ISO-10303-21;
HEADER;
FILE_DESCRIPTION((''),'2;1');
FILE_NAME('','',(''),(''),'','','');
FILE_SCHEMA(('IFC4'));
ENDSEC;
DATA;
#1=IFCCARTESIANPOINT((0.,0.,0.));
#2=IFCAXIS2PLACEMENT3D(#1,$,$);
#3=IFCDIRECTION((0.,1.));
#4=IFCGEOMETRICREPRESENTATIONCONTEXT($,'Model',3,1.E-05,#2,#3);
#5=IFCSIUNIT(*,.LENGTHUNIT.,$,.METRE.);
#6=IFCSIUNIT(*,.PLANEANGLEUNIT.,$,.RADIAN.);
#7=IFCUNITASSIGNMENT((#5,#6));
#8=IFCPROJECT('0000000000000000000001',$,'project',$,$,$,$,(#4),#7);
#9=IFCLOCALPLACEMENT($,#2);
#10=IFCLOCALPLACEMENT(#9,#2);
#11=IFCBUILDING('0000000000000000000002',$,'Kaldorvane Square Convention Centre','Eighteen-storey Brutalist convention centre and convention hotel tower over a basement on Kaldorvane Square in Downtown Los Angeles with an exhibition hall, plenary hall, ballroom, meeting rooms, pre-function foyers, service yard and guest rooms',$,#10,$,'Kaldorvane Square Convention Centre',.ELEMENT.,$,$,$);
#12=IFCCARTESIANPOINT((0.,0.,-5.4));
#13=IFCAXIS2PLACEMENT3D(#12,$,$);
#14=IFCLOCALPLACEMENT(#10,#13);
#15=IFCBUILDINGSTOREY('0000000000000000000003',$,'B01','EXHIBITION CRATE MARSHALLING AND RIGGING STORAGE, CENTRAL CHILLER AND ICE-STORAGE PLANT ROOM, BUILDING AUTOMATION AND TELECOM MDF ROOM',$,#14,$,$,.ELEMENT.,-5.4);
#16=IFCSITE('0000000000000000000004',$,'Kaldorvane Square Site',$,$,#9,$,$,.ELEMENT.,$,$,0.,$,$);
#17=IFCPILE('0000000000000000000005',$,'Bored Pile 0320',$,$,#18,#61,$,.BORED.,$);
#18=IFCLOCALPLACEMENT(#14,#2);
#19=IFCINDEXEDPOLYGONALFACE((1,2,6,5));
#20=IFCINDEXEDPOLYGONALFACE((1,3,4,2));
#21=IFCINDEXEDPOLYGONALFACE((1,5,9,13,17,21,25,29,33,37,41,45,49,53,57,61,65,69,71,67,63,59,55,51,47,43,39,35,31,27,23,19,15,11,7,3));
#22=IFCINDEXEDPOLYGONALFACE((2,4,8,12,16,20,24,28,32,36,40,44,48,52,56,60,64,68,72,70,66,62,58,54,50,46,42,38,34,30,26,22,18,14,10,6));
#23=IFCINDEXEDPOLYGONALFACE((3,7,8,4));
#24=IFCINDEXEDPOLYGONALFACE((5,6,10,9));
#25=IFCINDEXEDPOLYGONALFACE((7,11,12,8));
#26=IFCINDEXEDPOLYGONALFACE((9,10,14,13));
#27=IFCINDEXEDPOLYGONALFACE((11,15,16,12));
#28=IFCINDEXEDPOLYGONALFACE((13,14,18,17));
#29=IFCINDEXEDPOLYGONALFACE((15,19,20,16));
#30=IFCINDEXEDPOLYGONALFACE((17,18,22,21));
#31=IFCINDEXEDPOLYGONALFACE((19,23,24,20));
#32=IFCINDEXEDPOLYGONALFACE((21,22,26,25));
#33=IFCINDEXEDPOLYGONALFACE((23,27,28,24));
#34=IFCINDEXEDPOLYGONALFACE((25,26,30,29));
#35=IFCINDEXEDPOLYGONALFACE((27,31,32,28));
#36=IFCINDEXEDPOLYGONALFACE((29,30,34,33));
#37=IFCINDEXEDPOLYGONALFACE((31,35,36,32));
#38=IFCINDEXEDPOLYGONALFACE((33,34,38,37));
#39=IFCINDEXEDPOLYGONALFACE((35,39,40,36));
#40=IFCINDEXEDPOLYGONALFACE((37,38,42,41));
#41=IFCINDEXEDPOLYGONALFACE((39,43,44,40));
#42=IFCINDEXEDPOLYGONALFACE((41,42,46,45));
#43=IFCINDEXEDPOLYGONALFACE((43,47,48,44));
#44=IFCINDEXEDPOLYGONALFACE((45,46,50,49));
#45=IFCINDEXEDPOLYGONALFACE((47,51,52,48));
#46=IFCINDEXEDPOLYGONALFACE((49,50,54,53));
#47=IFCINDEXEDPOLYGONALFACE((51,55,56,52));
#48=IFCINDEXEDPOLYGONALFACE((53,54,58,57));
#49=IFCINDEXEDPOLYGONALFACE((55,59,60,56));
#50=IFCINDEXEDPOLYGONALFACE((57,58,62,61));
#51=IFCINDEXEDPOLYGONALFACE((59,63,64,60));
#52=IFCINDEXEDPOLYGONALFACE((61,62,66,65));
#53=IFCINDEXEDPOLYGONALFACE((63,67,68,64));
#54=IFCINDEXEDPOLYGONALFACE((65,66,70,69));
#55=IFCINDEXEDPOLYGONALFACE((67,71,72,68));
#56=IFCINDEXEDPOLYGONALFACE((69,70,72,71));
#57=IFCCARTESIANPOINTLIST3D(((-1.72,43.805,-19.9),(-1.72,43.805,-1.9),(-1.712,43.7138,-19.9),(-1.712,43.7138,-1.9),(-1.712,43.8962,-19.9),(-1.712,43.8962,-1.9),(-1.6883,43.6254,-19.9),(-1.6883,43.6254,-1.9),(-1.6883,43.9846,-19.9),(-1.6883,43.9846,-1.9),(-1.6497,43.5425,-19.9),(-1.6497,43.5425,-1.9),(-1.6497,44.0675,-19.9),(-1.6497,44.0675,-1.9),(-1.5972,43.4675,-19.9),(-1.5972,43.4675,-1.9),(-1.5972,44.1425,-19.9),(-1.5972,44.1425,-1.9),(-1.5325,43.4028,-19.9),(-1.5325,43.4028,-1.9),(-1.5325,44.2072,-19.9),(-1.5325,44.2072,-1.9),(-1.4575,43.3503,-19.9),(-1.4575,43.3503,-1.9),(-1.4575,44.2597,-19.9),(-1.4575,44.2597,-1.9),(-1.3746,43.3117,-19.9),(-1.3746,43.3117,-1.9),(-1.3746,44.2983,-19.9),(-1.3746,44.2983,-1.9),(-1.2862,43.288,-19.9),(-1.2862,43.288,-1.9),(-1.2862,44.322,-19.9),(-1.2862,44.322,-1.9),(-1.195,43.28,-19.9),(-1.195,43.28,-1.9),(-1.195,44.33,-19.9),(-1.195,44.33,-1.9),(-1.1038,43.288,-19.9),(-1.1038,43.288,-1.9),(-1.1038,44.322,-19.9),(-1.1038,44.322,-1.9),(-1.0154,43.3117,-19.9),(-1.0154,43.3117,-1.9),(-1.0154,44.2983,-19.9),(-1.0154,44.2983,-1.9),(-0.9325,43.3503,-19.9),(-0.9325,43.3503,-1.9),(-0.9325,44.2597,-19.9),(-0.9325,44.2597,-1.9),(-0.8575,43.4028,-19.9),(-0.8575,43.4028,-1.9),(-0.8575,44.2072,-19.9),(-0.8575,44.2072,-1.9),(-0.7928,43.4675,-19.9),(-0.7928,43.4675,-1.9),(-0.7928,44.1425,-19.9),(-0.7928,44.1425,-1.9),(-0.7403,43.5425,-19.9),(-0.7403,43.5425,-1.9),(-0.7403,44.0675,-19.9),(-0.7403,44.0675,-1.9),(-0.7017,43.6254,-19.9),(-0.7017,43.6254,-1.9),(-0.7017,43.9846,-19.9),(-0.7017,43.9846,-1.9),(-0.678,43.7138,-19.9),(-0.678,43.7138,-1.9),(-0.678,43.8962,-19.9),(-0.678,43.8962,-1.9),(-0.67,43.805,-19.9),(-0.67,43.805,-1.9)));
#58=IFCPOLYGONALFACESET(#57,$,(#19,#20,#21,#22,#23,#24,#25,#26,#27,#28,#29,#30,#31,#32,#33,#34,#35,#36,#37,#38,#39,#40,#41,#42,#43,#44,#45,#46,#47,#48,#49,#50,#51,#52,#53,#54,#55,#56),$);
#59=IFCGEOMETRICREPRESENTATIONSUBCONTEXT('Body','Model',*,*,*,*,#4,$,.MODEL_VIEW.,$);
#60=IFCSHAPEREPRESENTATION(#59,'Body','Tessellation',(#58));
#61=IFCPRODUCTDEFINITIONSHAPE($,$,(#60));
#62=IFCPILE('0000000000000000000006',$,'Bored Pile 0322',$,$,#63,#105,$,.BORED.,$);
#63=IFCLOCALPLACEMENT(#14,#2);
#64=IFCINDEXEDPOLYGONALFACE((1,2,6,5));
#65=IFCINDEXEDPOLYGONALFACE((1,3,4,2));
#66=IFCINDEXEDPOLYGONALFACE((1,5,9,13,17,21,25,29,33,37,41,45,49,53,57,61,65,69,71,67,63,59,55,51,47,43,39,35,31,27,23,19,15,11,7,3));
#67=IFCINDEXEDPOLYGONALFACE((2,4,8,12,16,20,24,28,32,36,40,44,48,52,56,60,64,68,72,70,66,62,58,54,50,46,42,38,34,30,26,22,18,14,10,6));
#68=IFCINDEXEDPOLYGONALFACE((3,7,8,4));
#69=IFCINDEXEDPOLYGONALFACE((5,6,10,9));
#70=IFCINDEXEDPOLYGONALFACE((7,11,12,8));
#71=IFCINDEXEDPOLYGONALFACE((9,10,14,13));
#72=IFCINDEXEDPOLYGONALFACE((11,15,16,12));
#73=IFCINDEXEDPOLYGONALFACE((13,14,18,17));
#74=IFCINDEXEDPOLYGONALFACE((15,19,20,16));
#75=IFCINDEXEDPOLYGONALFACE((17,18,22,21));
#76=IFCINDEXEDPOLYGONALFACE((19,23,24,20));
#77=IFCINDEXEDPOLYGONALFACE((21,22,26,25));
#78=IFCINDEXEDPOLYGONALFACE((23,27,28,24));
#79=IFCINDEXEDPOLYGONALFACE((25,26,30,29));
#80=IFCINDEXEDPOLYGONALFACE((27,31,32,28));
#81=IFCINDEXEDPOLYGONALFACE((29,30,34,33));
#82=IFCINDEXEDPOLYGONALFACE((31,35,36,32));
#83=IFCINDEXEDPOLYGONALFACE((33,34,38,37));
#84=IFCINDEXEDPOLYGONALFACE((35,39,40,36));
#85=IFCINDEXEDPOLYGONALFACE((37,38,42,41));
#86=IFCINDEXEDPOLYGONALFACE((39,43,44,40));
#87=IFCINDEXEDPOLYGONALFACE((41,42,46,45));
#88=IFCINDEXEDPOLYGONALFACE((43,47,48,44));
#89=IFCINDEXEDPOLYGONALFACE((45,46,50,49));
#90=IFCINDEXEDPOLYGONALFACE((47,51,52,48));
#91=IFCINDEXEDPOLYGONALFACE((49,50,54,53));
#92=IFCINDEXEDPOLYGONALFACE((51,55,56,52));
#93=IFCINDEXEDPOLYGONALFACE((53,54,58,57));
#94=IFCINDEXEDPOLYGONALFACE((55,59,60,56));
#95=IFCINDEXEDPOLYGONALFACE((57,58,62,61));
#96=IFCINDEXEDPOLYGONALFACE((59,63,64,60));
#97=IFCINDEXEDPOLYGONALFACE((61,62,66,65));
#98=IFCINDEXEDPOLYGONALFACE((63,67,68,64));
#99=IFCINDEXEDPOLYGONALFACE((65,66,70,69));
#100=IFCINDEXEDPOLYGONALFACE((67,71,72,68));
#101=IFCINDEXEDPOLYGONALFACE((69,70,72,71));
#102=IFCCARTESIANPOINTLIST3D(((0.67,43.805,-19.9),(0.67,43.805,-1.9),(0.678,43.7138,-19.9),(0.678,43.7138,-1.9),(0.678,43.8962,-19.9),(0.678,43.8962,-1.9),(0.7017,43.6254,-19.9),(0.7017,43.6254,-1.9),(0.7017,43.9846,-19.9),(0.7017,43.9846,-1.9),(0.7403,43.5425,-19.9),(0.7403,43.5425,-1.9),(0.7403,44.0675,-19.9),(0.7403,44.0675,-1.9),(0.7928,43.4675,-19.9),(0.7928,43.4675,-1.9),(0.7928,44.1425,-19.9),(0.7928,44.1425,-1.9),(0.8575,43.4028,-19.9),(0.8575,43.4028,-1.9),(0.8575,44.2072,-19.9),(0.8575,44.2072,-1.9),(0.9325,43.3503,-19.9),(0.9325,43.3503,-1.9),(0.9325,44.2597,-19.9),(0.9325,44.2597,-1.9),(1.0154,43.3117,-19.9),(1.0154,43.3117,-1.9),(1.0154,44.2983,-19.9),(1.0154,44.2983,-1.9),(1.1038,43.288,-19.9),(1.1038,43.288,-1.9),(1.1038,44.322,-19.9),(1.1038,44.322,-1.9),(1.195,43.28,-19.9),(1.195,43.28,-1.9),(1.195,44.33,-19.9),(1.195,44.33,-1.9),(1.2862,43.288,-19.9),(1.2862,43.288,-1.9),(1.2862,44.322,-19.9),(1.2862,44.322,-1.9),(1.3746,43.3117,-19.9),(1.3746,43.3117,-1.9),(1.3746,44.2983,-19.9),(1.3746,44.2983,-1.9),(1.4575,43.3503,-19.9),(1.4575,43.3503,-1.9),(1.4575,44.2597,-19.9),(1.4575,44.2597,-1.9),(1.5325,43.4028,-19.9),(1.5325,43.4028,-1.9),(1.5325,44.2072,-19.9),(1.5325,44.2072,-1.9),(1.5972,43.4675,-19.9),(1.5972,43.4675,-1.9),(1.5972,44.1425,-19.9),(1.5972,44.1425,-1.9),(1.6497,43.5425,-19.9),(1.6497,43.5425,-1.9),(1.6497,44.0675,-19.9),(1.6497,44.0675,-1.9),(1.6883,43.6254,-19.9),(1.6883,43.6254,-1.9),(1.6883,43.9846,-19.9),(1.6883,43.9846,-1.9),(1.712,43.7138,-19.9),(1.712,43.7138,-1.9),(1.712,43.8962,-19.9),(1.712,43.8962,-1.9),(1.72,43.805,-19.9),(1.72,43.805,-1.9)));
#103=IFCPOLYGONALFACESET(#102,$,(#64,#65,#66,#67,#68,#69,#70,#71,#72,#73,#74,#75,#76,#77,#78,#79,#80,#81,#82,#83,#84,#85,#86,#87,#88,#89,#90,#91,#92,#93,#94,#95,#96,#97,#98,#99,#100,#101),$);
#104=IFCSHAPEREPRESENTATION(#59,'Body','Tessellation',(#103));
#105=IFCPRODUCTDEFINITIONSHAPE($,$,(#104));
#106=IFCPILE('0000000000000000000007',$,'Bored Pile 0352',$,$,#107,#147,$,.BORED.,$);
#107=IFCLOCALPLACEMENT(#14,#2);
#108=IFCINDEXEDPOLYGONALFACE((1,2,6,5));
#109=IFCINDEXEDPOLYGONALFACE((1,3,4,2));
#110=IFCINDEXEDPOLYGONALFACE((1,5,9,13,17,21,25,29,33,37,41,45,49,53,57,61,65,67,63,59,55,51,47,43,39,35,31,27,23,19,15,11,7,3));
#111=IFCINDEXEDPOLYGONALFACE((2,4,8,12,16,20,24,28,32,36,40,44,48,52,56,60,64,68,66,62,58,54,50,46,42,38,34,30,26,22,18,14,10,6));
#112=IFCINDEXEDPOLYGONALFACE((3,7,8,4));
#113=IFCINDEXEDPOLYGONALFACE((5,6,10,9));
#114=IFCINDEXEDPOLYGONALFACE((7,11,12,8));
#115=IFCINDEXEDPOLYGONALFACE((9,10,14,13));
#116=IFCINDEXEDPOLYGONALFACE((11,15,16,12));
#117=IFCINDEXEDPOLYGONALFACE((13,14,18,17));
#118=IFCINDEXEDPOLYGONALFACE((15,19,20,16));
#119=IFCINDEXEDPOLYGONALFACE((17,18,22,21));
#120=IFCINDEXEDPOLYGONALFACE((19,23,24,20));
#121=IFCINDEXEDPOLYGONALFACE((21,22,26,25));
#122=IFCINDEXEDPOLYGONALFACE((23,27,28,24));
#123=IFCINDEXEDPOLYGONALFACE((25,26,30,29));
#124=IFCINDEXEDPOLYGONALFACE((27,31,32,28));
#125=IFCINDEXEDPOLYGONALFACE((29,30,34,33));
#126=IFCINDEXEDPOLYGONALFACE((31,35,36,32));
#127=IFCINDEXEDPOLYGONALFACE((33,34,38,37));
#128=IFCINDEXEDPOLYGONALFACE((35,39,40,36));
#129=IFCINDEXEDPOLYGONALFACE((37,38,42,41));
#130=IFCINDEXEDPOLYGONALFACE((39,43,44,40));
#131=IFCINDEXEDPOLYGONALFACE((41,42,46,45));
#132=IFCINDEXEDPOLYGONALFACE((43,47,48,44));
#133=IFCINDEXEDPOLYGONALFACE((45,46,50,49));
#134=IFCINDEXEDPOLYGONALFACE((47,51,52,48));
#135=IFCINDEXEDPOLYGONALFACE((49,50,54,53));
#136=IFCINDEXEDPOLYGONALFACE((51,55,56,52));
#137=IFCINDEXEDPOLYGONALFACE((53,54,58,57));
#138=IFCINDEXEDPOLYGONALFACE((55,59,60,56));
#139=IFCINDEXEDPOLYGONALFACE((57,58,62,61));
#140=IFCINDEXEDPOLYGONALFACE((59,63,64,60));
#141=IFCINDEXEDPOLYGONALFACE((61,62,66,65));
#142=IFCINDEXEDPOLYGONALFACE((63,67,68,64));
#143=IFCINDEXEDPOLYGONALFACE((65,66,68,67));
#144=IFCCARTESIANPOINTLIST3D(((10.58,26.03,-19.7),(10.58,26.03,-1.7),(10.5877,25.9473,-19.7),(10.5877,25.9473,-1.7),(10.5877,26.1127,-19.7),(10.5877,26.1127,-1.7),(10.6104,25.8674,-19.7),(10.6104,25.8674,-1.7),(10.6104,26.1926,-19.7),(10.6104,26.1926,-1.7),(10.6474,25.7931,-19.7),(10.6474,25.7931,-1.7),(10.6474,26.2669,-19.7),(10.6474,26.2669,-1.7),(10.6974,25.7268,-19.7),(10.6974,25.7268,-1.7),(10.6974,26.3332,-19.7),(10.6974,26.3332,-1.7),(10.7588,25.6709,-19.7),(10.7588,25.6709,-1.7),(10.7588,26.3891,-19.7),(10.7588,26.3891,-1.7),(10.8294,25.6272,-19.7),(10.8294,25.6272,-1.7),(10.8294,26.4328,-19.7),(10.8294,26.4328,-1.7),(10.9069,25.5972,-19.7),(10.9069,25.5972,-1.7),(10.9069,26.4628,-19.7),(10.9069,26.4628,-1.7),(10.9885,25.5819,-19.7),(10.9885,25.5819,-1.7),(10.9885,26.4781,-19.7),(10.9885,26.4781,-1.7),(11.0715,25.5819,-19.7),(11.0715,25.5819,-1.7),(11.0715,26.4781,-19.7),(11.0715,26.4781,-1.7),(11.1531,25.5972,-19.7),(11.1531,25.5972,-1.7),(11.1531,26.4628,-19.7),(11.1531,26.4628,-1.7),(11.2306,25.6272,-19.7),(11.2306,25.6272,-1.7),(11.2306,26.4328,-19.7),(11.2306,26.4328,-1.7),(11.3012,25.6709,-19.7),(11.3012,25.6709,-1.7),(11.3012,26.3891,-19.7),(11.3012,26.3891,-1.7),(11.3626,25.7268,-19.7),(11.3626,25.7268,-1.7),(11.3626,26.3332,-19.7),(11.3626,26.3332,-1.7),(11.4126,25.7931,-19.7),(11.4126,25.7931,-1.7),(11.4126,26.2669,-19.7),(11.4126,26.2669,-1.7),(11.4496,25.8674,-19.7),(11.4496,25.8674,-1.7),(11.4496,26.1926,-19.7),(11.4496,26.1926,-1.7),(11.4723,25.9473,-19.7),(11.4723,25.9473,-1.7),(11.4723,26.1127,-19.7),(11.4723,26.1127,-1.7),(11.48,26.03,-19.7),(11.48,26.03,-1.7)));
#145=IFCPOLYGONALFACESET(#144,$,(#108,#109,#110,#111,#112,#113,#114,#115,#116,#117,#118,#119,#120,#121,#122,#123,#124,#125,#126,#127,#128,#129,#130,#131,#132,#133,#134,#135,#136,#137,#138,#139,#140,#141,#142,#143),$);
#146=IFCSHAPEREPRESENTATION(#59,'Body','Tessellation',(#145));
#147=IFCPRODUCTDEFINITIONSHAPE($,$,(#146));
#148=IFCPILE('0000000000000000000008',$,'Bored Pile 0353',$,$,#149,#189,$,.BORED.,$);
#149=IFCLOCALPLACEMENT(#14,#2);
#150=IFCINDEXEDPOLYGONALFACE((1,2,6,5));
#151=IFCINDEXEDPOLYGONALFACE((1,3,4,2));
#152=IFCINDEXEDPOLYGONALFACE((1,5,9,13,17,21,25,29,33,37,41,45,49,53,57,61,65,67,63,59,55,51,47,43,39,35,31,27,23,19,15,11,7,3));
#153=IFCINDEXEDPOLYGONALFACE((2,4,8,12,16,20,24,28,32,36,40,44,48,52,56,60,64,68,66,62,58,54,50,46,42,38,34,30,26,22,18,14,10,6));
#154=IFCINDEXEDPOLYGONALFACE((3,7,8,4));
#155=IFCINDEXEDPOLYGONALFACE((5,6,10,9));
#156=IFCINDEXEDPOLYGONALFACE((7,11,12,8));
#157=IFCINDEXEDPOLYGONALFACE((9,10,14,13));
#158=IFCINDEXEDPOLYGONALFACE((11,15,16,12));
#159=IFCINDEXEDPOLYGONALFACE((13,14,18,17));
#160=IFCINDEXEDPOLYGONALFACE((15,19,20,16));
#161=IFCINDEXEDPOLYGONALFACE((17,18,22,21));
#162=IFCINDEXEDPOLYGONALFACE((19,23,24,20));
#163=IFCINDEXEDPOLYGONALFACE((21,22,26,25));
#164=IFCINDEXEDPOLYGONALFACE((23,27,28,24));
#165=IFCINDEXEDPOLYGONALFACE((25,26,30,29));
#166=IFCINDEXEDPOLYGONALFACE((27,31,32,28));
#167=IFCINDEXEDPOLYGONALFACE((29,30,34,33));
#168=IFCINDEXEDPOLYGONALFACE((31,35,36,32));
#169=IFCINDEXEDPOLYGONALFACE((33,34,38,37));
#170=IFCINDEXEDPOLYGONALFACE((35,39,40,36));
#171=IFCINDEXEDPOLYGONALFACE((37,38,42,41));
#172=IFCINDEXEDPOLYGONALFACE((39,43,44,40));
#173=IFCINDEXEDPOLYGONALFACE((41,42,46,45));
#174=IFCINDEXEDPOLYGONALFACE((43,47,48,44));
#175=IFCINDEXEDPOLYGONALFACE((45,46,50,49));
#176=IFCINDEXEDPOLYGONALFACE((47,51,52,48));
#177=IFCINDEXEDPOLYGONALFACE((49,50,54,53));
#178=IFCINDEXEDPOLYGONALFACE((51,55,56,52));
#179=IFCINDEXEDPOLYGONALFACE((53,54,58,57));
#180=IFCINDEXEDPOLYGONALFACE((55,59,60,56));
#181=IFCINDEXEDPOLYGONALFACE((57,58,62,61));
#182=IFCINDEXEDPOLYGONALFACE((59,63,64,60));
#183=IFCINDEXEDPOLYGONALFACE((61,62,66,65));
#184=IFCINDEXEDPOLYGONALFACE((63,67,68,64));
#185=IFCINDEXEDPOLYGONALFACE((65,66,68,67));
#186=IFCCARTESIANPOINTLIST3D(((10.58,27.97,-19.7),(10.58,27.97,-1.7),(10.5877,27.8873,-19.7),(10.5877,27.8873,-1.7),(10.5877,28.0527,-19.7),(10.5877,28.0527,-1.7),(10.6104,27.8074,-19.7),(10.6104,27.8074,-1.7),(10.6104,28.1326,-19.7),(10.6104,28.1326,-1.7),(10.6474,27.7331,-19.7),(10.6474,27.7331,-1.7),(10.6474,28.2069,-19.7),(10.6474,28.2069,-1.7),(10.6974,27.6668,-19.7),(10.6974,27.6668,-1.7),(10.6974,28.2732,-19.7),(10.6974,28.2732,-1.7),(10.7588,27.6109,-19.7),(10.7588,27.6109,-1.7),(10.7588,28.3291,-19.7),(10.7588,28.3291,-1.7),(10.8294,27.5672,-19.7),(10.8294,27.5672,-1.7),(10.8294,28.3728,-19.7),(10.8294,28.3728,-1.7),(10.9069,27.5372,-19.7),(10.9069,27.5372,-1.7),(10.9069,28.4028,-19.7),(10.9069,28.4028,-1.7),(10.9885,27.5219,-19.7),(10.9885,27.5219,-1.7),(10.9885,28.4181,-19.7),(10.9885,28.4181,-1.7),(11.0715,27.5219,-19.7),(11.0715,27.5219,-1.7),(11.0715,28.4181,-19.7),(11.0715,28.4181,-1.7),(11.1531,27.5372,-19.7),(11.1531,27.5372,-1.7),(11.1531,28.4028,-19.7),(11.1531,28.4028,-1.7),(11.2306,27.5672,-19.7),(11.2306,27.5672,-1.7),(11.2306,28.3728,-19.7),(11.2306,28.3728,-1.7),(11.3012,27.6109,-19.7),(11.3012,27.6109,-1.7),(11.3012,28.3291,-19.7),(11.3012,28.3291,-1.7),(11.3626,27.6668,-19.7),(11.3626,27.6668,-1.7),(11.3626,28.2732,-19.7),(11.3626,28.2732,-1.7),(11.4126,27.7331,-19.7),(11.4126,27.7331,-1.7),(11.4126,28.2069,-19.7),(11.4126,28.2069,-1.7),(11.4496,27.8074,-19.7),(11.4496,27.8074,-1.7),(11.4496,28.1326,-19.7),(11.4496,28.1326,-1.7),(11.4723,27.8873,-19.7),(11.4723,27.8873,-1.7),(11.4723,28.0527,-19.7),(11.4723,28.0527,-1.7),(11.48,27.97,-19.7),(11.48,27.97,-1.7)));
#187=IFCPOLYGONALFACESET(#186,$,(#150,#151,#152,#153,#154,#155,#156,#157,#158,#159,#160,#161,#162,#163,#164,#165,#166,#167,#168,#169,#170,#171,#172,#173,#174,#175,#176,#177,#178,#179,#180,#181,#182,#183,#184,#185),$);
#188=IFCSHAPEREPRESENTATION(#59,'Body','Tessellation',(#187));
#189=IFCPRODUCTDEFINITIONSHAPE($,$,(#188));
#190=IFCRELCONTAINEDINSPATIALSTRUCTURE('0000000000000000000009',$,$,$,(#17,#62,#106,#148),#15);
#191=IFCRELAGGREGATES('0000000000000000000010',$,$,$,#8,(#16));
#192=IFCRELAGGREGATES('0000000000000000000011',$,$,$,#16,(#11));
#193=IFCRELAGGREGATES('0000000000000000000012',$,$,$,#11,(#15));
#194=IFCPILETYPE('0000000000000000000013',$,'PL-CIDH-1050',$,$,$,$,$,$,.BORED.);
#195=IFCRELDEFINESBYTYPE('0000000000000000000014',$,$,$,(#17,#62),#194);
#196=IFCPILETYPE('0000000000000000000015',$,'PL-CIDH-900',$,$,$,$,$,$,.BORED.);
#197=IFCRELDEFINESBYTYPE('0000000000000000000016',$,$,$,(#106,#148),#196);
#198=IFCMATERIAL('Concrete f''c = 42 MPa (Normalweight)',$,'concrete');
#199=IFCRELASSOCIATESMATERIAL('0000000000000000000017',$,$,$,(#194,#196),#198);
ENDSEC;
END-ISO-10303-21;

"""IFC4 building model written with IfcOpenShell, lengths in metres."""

from ifc_helpers import new_model, si_unit, direction, frame, origin, origin_2d, place, context, subcontext, project, spatial, circle, extrude, material, material_profile, profile_set, type_object, element, save


model = new_model("IFC4")

# Units and contexts
model_context = context("Model", 3, precision=1e-05, world=origin(), true_north=direction((0.0, 1.0)))
body_context = subcontext(model_context, "Body", "Model", "MODEL_VIEW")
ifc_project = project(units=[si_unit("LENGTHUNIT", "METRE"), si_unit("PLANEANGLEUNIT", "RADIAN")], contexts=[model_context])

# Site, building, storey
site_placement = place(None, origin())
site = spatial("IfcSite", under=ifc_project, at=site_placement, Name="Kaldorvane Square Site", CompositionType="ELEMENT", RefElevation=0.0)
building_placement = place(site_placement, origin())
building = spatial("IfcBuilding", under=site, at=building_placement, Name="Kaldorvane Square Convention Centre", Description="Eighteen-storey Brutalist convention centre and convention hotel tower over a basement on Kaldorvane Square in Downtown Los Angeles with an exhibition hall, plenary hall, ballroom, meeting rooms, pre-function foyers, service yard and guest rooms", LongName="Kaldorvane Square Convention Centre", CompositionType="ELEMENT")
storey_placement = place(building_placement, frame((0.0, 0.0, -5.4)))
storey = spatial("IfcBuildingStorey", under=building, at=storey_placement, Name="B01", Description="EXHIBITION CRATE MARSHALLING AND RIGGING STORAGE, CENTRAL CHILLER AND ICE-STORAGE PLANT ROOM, BUILDING AUTOMATION AND TELECOM MDF ROOM", CompositionType="ELEMENT", Elevation=-5.4)

# Shared definitions
ifc_material_1 = material(Name="Concrete f'c = 42 MPa (Normalweight)", Category="concrete")

# Piles
ifc_material_profile_1 = material_profile(ifc_material_1, circle(Radius=0.525, at=origin_2d()), Name="PILE-D1050")
ifc_profile_set_1 = profile_set([ifc_material_profile_1], Name="Concrete f'c = 42 MPa (Normalweight)")
pile_type_1 = type_object("IfcPileType", Name="PL-CIDH-1050", PredefinedType="BORED", material=ifc_profile_set_1)
for number, where, z_axis, x_axis, name in (
    (1, (-1.195, 43.805, -1.9), (0.0, 0.0, -1.0), (1.0, 0.0, 0.0), "Bored Pile 0320"),
    (2, (1.195, 43.805, -1.9), (0.0, 0.0, -1.0), (1.0, 0.0, 0.0), "Bored Pile 0322"),
):
    element("IfcPile", number, at=place(storey_placement, frame(where, z_axis=z_axis, x_axis=x_axis)), inside=storey, type_object=pile_type_1, Name=name, PredefinedType="BORED", context=body_context, shape_type="SweptSolid", body=[
        extrude(circle(Radius=0.525, at=origin_2d()), origin(), (0.0, 0.0, 1.0), 18.0),
    ])
ifc_material_profile_2 = material_profile(ifc_material_1, circle(Radius=0.45, at=origin_2d()), Name="PILE-D900")
ifc_profile_set_2 = profile_set([ifc_material_profile_2], Name="Concrete f'c = 42 MPa (Normalweight)")
pile_type_2 = type_object("IfcPileType", Name="PL-CIDH-900", PredefinedType="BORED", material=ifc_profile_set_2)
for number, where, z_axis, x_axis, name in (
    (3, (11.03, 26.03, -1.7), (0.0, 0.0, -1.0), (1.0, 0.0, 0.0), "Bored Pile 0352"),
    (4, (11.03, 27.97, -1.7), (0.0, 0.0, -1.0), (1.0, 0.0, 0.0), "Bored Pile 0353"),
):
    element("IfcPile", number, at=place(storey_placement, frame(where, z_axis=z_axis, x_axis=x_axis)), inside=storey, type_object=pile_type_2, Name=name, PredefinedType="BORED", context=body_context, shape_type="SweptSolid", body=[
        extrude(circle(Radius=0.45, at=origin_2d()), origin(), (0.0, 0.0, 1.0), 18.0),
    ])

save(model, "model.ifc")
